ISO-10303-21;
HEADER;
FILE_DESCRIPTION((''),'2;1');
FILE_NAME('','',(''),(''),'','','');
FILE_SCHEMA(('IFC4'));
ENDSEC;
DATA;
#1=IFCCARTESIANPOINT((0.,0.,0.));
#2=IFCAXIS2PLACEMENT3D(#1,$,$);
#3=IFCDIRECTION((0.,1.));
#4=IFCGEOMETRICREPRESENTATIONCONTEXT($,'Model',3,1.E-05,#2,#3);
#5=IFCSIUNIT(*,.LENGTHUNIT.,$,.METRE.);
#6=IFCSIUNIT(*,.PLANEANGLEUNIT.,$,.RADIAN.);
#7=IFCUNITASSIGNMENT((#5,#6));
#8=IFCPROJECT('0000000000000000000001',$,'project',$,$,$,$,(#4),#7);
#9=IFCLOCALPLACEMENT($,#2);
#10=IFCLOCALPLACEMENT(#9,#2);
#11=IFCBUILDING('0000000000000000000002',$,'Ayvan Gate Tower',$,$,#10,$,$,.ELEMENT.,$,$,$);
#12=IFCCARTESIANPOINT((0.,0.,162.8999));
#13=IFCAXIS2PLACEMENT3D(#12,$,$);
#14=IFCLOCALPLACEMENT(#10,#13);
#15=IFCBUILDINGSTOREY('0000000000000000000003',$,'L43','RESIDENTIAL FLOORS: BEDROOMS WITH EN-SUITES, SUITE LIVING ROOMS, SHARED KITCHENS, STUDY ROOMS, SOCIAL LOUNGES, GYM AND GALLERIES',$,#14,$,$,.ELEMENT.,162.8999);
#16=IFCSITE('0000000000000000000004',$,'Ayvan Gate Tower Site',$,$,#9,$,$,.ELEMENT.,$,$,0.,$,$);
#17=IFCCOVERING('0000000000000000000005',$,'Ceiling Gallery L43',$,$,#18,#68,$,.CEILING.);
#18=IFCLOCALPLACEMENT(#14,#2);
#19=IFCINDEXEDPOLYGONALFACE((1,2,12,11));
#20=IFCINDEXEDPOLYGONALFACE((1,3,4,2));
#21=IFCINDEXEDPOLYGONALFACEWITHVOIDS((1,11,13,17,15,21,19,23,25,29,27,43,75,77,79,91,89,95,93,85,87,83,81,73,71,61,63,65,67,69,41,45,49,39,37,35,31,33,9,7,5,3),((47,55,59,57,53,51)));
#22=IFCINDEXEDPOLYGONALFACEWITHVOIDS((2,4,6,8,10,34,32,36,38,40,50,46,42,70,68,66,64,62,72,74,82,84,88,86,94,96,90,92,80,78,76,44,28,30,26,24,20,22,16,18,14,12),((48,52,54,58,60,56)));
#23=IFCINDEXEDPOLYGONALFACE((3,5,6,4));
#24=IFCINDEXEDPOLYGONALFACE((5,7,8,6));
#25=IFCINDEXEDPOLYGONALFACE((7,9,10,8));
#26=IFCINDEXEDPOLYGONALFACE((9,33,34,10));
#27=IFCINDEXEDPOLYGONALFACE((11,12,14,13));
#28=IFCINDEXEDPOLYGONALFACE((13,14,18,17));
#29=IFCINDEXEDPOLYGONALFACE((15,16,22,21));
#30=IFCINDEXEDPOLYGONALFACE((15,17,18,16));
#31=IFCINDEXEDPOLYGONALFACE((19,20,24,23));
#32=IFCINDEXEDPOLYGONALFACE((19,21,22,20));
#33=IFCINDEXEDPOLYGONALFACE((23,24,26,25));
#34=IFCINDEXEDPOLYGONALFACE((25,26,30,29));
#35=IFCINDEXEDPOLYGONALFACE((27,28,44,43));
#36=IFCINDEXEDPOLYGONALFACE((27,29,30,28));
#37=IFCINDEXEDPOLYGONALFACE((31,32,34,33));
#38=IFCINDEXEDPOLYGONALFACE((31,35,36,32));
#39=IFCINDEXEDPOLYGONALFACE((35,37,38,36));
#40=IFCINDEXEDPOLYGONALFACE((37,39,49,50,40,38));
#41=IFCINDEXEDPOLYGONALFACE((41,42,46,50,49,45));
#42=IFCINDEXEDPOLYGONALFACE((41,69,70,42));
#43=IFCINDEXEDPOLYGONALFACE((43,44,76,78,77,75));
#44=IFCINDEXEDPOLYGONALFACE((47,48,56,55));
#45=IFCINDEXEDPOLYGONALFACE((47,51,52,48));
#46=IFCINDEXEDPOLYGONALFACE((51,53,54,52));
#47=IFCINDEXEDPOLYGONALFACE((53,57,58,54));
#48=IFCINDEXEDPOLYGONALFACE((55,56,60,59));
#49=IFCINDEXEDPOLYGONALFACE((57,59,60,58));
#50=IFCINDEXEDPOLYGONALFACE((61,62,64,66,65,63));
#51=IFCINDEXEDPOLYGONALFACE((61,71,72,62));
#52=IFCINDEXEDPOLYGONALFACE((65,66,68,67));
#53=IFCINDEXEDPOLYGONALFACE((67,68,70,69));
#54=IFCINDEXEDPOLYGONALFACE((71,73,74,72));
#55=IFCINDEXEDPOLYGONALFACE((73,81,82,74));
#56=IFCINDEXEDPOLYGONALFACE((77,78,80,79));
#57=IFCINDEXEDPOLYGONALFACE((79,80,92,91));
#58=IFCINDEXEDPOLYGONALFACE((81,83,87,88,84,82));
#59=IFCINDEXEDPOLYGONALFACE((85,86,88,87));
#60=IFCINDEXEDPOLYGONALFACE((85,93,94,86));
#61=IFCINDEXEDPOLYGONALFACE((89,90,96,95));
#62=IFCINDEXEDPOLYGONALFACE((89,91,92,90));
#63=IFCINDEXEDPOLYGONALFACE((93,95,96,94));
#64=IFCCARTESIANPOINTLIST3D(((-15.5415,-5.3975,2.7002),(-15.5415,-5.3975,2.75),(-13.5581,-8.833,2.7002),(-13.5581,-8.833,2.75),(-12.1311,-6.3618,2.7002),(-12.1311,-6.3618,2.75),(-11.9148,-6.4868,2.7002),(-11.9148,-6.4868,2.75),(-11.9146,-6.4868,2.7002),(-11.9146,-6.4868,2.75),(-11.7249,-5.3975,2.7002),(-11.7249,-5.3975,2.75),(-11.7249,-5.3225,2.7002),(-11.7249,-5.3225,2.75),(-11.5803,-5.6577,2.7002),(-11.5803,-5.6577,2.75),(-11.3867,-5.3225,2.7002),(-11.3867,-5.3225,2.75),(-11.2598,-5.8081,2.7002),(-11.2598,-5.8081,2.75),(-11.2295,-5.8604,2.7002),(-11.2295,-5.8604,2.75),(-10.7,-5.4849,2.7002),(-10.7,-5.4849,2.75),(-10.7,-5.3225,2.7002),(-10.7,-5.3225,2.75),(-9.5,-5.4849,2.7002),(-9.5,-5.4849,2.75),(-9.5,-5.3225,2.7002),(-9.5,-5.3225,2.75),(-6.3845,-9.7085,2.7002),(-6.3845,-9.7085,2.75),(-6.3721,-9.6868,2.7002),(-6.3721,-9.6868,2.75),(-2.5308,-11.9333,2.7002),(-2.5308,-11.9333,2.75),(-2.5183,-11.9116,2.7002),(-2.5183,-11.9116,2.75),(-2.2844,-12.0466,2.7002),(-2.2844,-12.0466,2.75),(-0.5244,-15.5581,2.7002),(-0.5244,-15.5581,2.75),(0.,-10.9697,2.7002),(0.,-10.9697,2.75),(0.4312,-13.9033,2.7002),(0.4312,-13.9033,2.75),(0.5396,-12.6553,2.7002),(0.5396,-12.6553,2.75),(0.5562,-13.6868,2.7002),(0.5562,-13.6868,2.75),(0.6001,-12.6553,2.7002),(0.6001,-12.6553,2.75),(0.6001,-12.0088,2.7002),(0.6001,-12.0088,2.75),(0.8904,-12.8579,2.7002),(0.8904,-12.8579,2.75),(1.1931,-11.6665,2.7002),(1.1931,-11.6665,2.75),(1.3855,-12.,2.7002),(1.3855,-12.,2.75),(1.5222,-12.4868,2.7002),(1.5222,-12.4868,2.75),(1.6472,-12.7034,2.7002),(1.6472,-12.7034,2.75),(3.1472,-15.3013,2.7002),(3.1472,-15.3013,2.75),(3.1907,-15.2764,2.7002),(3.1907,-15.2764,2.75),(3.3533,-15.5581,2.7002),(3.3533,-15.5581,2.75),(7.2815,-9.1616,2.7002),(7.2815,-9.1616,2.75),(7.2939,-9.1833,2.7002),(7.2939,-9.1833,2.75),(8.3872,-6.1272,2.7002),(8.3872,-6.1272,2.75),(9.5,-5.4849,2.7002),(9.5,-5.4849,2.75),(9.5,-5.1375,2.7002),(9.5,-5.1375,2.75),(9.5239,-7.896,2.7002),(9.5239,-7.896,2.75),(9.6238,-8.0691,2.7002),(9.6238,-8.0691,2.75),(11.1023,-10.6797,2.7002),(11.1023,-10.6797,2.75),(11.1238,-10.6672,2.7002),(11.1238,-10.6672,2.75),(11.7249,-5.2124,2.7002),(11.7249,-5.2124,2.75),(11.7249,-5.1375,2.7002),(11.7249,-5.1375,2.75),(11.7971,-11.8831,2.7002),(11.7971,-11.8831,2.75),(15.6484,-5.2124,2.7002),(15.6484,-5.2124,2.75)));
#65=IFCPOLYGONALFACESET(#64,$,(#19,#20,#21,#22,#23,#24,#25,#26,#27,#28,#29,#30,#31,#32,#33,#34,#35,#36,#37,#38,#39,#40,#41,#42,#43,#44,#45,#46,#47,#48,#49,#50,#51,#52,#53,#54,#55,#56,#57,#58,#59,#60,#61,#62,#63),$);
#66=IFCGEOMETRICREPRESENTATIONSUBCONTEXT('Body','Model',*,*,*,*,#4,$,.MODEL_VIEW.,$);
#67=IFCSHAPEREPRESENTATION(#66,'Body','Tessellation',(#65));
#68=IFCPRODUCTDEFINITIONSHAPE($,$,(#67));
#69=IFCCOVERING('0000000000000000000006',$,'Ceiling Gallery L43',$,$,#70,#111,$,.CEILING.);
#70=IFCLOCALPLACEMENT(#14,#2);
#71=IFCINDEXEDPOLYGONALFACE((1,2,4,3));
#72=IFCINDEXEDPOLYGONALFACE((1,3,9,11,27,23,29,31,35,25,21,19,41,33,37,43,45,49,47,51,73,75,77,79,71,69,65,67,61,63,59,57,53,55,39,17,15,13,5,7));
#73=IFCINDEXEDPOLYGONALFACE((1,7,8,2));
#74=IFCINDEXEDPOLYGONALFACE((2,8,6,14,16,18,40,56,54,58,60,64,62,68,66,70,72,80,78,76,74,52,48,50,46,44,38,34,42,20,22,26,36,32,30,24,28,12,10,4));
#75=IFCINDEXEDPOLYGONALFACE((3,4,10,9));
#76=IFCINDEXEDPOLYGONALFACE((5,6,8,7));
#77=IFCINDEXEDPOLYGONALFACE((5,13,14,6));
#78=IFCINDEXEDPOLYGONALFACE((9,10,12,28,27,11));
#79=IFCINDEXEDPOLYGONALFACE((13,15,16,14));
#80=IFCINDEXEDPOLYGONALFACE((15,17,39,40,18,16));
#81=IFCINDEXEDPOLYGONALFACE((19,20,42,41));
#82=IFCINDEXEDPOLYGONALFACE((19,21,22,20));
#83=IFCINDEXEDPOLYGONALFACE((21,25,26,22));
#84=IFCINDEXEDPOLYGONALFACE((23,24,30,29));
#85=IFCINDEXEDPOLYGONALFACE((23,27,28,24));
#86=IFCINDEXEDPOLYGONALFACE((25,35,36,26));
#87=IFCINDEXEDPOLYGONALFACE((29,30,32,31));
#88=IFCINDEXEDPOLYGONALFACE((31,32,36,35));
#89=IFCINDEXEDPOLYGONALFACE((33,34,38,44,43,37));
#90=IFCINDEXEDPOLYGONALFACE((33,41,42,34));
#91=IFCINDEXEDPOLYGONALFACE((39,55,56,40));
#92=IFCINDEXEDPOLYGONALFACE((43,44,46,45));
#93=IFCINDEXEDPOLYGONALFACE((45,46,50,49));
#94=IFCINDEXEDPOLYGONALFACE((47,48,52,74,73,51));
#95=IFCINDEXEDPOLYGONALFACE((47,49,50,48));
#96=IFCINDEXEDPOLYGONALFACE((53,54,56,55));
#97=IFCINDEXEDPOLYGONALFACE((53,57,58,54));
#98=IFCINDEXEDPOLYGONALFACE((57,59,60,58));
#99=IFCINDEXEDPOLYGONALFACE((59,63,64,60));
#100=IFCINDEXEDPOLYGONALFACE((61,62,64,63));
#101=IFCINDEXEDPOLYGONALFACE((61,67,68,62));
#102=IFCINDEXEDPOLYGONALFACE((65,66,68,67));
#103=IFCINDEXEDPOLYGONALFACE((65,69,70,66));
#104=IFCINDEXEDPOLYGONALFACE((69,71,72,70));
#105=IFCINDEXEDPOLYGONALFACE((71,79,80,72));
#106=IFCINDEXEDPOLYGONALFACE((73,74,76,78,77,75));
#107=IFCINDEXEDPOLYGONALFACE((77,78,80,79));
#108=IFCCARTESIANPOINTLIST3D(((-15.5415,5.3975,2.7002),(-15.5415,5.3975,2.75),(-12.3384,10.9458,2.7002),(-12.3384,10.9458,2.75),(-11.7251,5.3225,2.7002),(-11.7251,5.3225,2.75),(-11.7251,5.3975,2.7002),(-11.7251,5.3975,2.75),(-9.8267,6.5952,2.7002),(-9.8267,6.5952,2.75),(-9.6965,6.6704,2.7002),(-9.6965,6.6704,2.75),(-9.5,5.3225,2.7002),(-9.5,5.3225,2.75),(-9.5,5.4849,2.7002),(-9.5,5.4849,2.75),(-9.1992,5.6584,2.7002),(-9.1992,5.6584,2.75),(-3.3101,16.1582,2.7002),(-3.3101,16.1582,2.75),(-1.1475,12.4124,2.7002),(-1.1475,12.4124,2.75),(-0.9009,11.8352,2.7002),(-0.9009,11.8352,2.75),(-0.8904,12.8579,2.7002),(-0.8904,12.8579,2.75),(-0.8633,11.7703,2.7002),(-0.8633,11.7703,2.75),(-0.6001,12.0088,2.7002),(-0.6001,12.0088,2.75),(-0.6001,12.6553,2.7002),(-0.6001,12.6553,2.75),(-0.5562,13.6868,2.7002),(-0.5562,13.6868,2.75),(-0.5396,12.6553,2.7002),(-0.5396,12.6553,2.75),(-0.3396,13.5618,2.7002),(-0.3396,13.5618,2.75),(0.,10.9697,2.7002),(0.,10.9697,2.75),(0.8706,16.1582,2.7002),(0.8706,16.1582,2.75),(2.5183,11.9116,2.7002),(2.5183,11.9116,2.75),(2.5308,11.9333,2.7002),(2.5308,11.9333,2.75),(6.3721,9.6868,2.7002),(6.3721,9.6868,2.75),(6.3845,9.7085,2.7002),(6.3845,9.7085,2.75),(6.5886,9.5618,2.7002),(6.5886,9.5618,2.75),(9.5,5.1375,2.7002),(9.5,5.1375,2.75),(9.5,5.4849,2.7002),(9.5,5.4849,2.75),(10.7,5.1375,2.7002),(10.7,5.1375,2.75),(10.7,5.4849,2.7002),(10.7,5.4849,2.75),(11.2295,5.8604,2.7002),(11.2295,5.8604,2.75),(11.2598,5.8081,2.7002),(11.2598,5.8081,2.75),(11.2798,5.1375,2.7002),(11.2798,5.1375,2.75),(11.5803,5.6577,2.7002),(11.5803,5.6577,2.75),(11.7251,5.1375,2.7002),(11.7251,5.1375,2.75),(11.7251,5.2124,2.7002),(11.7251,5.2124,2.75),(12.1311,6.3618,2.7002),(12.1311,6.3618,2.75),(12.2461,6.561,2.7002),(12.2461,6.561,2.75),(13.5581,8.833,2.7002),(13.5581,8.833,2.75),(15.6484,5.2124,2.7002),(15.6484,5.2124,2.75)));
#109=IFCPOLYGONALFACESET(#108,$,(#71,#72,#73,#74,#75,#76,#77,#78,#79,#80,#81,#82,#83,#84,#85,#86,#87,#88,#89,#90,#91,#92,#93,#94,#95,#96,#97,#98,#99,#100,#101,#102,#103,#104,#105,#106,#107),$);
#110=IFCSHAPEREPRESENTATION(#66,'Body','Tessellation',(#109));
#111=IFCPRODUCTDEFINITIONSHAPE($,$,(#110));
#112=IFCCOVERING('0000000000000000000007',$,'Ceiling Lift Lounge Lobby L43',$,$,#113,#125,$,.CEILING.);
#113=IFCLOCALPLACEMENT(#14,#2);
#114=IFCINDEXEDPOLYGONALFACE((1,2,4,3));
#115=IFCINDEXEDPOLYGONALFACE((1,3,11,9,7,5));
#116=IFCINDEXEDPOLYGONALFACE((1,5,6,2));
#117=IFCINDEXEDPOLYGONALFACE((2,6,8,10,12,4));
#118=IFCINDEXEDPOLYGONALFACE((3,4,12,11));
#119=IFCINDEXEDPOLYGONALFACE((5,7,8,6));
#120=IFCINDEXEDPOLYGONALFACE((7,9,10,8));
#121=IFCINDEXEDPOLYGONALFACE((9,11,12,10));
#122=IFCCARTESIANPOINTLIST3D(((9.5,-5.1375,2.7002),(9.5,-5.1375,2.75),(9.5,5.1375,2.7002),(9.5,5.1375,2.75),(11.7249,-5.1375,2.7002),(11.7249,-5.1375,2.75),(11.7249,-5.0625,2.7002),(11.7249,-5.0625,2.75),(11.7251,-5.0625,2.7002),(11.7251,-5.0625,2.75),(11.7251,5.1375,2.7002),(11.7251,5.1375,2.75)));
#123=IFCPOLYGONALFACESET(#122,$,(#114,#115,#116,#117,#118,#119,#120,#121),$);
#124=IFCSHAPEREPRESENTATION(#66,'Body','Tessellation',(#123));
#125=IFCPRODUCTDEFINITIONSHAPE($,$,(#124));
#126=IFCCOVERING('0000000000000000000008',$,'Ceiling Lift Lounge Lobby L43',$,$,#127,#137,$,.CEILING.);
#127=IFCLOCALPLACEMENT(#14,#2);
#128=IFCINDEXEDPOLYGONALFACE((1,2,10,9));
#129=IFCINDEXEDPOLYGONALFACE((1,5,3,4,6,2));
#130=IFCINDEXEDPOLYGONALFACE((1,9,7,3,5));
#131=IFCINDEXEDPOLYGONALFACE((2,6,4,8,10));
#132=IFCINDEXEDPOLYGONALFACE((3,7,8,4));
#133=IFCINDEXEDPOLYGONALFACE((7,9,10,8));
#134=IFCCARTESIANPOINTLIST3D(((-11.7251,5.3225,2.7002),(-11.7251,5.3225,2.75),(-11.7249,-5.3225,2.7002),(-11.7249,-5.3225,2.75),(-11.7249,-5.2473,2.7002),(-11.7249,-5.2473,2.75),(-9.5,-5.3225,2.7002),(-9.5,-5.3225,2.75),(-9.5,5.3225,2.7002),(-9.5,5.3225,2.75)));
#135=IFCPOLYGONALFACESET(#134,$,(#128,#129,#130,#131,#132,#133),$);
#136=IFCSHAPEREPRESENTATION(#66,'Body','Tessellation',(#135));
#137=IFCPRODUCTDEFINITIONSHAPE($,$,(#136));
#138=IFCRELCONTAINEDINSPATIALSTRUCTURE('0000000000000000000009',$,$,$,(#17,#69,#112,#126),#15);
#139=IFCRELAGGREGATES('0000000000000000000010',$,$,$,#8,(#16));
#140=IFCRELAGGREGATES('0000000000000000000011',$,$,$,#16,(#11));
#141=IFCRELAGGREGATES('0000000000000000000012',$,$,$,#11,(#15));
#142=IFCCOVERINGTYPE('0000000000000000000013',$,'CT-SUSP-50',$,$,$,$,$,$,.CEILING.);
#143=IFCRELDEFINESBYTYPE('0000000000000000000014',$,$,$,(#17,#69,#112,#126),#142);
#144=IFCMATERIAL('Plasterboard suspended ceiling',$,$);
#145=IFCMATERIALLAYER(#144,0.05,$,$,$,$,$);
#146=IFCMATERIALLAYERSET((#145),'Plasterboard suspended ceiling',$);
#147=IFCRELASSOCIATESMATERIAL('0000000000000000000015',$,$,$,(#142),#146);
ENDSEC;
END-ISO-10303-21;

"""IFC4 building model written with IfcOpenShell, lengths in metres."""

from ifc_helpers import new_model, si_unit, direction, frame, origin, place, context, subcontext, project, spatial, polyline, outline, extrude, material, layer, layer_set, type_object, element, save


model = new_model("IFC4")

# Units and contexts
model_context = context("Model", 3, precision=1e-05, world=origin(), true_north=direction((0.0, 1.0)))
body_context = subcontext(model_context, "Body", "Model", "MODEL_VIEW")
ifc_project = project(units=[si_unit("LENGTHUNIT", "METRE"), si_unit("PLANEANGLEUNIT", "RADIAN")], contexts=[model_context])

# Site, building, storey
site_placement = place(None, origin())
site = spatial("IfcSite", under=ifc_project, at=site_placement, Name="Ayvan Gate Tower Site", CompositionType="ELEMENT", RefElevation=0.0)
building_placement = place(site_placement, origin())
building = spatial("IfcBuilding", under=site, at=building_placement, Name="Ayvan Gate Tower", CompositionType="ELEMENT")
storey_placement = place(building_placement, frame((0.0, 0.0, 162.8999)))
storey = spatial("IfcBuildingStorey", under=building, at=storey_placement, Name="L43", Description="RESIDENTIAL FLOORS: BEDROOMS WITH EN-SUITES, SUITE LIVING ROOMS, SHARED KITCHENS, STUDY ROOMS, SOCIAL LOUNGES, GYM AND GALLERIES", CompositionType="ELEMENT", Elevation=162.8999)

# Coverings
ifc_material_1 = material(Name="Plasterboard suspended ceiling")
ifc_layer_1 = layer(ifc_material_1, 0.05)
ifc_layer_set_1 = layer_set([ifc_layer_1], Name="Plasterboard suspended ceiling")
covering_type = type_object("IfcCoveringType", Name="CT-SUSP-50", PredefinedType="CEILING", material=ifc_layer_set_1)
covering_1_placement = place(storey_placement, frame((0.0, 0.0, 2.7002)))
element("IfcCovering", 1, at=covering_1_placement, inside=storey, type_object=covering_type, Name="Ceiling Gallery L43", PredefinedType="CEILING", context=body_context, shape_type="SweptSolid", body=[
    extrude(outline(polyline([(-11.9148, -6.4868), (-12.1311, -6.3618), (-13.5581, -8.833), (-15.5415, -5.3975), (-11.7249, -5.3975), (-11.7249, -5.3225), (-11.3867, -5.3225), (-11.5803, -5.6577), (-11.2295, -5.8604), (-11.2598, -5.8081), (-10.7, -5.4849), (-10.7, -5.3225), (-9.5, -5.3225), (-9.5, -5.4849), (0.0, -10.9697), (8.3872, -6.1272), (9.5, -5.4849), (9.5, -5.1375), (11.7249, -5.1375), (11.7249, -5.2124), (15.6484, -5.2124), (11.7971, -11.8831), (11.1023, -10.6797), (11.1238, -10.6672), (9.6238, -8.0691), (9.5239, -7.896), (7.2939, -9.1833), (7.2815, -9.1616), (1.5222, -12.4868), (1.6472, -12.7034), (3.1472, -15.3013), (3.1907, -15.2764), (3.3533, -15.5581), (-0.5244, -15.5581), (0.4312, -13.9033), (0.5562, -13.6868), (-2.2844, -12.0466), (-2.5183, -11.9116), (-2.5308, -11.9333), (-6.3845, -9.7085), (-6.3721, -9.6868), (-11.9146, -6.4868), (-11.9148, -6.4868)]), holes=[polyline([(0.6001, -12.6553), (0.5396, -12.6553), (0.8904, -12.8579), (1.3855, -12.0), (1.1931, -11.6665), (0.6001, -12.0088), (0.6001, -12.6553)])]), origin(), (0.0, 0.0, 1.0), 0.0498),
])
covering_2_placement = place(storey_placement, frame((0.0, 0.0, 2.7002)))
element("IfcCovering", 2, at=covering_2_placement, inside=storey, type_object=covering_type, Name="Ceiling Gallery L43", PredefinedType="CEILING", context=body_context, shape_type="SweptSolid", body=[
    extrude(outline(polyline([(2.5183, 11.9116), (2.5308, 11.9333), (6.3845, 9.7085), (6.3721, 9.6868), (6.5886, 9.5618), (12.1311, 6.3618), (12.2461, 6.561), (13.5581, 8.833), (15.6484, 5.2124), (11.7251, 5.2124), (11.7251, 5.1375), (11.2798, 5.1375), (11.5803, 5.6577), (11.2295, 5.8604), (11.2598, 5.8081), (10.7, 5.4849), (10.7, 5.1375), (9.5, 5.1375), (9.5, 5.4849), (0.0, 10.9697), (-9.1992, 5.6584), (-9.5, 5.4849), (-9.5, 5.3225), (-11.7251, 5.3225), (-11.7251, 5.3975), (-15.5415, 5.3975), (-12.3384, 10.9458), (-9.8267, 6.5952), (-9.6965, 6.6704), (-0.8633, 11.7703), (-0.9009, 11.8352), (-0.6001, 12.0088), (-0.6001, 12.6553), (-0.5396, 12.6553), (-0.8904, 12.8579), (-1.1475, 12.4124), (-3.3101, 16.1582), (0.8706, 16.1582), (-0.5562, 13.6868), (-0.3396, 13.5618), (2.5183, 11.9116)])), origin(), (0.0, 0.0, 1.0), 0.0498),
])
covering_3_placement = place(storey_placement, frame((0.0, 0.0, 2.7002)))
element("IfcCovering", 3, at=covering_3_placement, inside=storey, type_object=covering_type, Name="Ceiling Lift Lounge Lobby L43", PredefinedType="CEILING", context=body_context, shape_type="SweptSolid", body=[
    extrude(outline(polyline([(11.7249, -5.1375), (9.5, -5.1375), (9.5, 5.1375), (11.7251, 5.1375), (11.7251, -5.0625), (11.7249, -5.0625), (11.7249, -5.1375)])), origin(), (0.0, 0.0, 1.0), 0.0498),
])
covering_4_placement = place(storey_placement, frame((0.0, 0.0, 2.7002)))
element("IfcCovering", 4, at=covering_4_placement, inside=storey, type_object=covering_type, Name="Ceiling Lift Lounge Lobby L43", PredefinedType="CEILING", context=body_context, shape_type="SweptSolid", body=[
    extrude(outline(polyline([(-11.7249, -5.2473), (-11.7251, 5.3225), (-9.5, 5.3225), (-9.5, -5.3225), (-11.7249, -5.3225), (-11.7249, -5.2473)])), origin(), (0.0, 0.0, 1.0), 0.0498),
])

save(model, "model.ifc")
